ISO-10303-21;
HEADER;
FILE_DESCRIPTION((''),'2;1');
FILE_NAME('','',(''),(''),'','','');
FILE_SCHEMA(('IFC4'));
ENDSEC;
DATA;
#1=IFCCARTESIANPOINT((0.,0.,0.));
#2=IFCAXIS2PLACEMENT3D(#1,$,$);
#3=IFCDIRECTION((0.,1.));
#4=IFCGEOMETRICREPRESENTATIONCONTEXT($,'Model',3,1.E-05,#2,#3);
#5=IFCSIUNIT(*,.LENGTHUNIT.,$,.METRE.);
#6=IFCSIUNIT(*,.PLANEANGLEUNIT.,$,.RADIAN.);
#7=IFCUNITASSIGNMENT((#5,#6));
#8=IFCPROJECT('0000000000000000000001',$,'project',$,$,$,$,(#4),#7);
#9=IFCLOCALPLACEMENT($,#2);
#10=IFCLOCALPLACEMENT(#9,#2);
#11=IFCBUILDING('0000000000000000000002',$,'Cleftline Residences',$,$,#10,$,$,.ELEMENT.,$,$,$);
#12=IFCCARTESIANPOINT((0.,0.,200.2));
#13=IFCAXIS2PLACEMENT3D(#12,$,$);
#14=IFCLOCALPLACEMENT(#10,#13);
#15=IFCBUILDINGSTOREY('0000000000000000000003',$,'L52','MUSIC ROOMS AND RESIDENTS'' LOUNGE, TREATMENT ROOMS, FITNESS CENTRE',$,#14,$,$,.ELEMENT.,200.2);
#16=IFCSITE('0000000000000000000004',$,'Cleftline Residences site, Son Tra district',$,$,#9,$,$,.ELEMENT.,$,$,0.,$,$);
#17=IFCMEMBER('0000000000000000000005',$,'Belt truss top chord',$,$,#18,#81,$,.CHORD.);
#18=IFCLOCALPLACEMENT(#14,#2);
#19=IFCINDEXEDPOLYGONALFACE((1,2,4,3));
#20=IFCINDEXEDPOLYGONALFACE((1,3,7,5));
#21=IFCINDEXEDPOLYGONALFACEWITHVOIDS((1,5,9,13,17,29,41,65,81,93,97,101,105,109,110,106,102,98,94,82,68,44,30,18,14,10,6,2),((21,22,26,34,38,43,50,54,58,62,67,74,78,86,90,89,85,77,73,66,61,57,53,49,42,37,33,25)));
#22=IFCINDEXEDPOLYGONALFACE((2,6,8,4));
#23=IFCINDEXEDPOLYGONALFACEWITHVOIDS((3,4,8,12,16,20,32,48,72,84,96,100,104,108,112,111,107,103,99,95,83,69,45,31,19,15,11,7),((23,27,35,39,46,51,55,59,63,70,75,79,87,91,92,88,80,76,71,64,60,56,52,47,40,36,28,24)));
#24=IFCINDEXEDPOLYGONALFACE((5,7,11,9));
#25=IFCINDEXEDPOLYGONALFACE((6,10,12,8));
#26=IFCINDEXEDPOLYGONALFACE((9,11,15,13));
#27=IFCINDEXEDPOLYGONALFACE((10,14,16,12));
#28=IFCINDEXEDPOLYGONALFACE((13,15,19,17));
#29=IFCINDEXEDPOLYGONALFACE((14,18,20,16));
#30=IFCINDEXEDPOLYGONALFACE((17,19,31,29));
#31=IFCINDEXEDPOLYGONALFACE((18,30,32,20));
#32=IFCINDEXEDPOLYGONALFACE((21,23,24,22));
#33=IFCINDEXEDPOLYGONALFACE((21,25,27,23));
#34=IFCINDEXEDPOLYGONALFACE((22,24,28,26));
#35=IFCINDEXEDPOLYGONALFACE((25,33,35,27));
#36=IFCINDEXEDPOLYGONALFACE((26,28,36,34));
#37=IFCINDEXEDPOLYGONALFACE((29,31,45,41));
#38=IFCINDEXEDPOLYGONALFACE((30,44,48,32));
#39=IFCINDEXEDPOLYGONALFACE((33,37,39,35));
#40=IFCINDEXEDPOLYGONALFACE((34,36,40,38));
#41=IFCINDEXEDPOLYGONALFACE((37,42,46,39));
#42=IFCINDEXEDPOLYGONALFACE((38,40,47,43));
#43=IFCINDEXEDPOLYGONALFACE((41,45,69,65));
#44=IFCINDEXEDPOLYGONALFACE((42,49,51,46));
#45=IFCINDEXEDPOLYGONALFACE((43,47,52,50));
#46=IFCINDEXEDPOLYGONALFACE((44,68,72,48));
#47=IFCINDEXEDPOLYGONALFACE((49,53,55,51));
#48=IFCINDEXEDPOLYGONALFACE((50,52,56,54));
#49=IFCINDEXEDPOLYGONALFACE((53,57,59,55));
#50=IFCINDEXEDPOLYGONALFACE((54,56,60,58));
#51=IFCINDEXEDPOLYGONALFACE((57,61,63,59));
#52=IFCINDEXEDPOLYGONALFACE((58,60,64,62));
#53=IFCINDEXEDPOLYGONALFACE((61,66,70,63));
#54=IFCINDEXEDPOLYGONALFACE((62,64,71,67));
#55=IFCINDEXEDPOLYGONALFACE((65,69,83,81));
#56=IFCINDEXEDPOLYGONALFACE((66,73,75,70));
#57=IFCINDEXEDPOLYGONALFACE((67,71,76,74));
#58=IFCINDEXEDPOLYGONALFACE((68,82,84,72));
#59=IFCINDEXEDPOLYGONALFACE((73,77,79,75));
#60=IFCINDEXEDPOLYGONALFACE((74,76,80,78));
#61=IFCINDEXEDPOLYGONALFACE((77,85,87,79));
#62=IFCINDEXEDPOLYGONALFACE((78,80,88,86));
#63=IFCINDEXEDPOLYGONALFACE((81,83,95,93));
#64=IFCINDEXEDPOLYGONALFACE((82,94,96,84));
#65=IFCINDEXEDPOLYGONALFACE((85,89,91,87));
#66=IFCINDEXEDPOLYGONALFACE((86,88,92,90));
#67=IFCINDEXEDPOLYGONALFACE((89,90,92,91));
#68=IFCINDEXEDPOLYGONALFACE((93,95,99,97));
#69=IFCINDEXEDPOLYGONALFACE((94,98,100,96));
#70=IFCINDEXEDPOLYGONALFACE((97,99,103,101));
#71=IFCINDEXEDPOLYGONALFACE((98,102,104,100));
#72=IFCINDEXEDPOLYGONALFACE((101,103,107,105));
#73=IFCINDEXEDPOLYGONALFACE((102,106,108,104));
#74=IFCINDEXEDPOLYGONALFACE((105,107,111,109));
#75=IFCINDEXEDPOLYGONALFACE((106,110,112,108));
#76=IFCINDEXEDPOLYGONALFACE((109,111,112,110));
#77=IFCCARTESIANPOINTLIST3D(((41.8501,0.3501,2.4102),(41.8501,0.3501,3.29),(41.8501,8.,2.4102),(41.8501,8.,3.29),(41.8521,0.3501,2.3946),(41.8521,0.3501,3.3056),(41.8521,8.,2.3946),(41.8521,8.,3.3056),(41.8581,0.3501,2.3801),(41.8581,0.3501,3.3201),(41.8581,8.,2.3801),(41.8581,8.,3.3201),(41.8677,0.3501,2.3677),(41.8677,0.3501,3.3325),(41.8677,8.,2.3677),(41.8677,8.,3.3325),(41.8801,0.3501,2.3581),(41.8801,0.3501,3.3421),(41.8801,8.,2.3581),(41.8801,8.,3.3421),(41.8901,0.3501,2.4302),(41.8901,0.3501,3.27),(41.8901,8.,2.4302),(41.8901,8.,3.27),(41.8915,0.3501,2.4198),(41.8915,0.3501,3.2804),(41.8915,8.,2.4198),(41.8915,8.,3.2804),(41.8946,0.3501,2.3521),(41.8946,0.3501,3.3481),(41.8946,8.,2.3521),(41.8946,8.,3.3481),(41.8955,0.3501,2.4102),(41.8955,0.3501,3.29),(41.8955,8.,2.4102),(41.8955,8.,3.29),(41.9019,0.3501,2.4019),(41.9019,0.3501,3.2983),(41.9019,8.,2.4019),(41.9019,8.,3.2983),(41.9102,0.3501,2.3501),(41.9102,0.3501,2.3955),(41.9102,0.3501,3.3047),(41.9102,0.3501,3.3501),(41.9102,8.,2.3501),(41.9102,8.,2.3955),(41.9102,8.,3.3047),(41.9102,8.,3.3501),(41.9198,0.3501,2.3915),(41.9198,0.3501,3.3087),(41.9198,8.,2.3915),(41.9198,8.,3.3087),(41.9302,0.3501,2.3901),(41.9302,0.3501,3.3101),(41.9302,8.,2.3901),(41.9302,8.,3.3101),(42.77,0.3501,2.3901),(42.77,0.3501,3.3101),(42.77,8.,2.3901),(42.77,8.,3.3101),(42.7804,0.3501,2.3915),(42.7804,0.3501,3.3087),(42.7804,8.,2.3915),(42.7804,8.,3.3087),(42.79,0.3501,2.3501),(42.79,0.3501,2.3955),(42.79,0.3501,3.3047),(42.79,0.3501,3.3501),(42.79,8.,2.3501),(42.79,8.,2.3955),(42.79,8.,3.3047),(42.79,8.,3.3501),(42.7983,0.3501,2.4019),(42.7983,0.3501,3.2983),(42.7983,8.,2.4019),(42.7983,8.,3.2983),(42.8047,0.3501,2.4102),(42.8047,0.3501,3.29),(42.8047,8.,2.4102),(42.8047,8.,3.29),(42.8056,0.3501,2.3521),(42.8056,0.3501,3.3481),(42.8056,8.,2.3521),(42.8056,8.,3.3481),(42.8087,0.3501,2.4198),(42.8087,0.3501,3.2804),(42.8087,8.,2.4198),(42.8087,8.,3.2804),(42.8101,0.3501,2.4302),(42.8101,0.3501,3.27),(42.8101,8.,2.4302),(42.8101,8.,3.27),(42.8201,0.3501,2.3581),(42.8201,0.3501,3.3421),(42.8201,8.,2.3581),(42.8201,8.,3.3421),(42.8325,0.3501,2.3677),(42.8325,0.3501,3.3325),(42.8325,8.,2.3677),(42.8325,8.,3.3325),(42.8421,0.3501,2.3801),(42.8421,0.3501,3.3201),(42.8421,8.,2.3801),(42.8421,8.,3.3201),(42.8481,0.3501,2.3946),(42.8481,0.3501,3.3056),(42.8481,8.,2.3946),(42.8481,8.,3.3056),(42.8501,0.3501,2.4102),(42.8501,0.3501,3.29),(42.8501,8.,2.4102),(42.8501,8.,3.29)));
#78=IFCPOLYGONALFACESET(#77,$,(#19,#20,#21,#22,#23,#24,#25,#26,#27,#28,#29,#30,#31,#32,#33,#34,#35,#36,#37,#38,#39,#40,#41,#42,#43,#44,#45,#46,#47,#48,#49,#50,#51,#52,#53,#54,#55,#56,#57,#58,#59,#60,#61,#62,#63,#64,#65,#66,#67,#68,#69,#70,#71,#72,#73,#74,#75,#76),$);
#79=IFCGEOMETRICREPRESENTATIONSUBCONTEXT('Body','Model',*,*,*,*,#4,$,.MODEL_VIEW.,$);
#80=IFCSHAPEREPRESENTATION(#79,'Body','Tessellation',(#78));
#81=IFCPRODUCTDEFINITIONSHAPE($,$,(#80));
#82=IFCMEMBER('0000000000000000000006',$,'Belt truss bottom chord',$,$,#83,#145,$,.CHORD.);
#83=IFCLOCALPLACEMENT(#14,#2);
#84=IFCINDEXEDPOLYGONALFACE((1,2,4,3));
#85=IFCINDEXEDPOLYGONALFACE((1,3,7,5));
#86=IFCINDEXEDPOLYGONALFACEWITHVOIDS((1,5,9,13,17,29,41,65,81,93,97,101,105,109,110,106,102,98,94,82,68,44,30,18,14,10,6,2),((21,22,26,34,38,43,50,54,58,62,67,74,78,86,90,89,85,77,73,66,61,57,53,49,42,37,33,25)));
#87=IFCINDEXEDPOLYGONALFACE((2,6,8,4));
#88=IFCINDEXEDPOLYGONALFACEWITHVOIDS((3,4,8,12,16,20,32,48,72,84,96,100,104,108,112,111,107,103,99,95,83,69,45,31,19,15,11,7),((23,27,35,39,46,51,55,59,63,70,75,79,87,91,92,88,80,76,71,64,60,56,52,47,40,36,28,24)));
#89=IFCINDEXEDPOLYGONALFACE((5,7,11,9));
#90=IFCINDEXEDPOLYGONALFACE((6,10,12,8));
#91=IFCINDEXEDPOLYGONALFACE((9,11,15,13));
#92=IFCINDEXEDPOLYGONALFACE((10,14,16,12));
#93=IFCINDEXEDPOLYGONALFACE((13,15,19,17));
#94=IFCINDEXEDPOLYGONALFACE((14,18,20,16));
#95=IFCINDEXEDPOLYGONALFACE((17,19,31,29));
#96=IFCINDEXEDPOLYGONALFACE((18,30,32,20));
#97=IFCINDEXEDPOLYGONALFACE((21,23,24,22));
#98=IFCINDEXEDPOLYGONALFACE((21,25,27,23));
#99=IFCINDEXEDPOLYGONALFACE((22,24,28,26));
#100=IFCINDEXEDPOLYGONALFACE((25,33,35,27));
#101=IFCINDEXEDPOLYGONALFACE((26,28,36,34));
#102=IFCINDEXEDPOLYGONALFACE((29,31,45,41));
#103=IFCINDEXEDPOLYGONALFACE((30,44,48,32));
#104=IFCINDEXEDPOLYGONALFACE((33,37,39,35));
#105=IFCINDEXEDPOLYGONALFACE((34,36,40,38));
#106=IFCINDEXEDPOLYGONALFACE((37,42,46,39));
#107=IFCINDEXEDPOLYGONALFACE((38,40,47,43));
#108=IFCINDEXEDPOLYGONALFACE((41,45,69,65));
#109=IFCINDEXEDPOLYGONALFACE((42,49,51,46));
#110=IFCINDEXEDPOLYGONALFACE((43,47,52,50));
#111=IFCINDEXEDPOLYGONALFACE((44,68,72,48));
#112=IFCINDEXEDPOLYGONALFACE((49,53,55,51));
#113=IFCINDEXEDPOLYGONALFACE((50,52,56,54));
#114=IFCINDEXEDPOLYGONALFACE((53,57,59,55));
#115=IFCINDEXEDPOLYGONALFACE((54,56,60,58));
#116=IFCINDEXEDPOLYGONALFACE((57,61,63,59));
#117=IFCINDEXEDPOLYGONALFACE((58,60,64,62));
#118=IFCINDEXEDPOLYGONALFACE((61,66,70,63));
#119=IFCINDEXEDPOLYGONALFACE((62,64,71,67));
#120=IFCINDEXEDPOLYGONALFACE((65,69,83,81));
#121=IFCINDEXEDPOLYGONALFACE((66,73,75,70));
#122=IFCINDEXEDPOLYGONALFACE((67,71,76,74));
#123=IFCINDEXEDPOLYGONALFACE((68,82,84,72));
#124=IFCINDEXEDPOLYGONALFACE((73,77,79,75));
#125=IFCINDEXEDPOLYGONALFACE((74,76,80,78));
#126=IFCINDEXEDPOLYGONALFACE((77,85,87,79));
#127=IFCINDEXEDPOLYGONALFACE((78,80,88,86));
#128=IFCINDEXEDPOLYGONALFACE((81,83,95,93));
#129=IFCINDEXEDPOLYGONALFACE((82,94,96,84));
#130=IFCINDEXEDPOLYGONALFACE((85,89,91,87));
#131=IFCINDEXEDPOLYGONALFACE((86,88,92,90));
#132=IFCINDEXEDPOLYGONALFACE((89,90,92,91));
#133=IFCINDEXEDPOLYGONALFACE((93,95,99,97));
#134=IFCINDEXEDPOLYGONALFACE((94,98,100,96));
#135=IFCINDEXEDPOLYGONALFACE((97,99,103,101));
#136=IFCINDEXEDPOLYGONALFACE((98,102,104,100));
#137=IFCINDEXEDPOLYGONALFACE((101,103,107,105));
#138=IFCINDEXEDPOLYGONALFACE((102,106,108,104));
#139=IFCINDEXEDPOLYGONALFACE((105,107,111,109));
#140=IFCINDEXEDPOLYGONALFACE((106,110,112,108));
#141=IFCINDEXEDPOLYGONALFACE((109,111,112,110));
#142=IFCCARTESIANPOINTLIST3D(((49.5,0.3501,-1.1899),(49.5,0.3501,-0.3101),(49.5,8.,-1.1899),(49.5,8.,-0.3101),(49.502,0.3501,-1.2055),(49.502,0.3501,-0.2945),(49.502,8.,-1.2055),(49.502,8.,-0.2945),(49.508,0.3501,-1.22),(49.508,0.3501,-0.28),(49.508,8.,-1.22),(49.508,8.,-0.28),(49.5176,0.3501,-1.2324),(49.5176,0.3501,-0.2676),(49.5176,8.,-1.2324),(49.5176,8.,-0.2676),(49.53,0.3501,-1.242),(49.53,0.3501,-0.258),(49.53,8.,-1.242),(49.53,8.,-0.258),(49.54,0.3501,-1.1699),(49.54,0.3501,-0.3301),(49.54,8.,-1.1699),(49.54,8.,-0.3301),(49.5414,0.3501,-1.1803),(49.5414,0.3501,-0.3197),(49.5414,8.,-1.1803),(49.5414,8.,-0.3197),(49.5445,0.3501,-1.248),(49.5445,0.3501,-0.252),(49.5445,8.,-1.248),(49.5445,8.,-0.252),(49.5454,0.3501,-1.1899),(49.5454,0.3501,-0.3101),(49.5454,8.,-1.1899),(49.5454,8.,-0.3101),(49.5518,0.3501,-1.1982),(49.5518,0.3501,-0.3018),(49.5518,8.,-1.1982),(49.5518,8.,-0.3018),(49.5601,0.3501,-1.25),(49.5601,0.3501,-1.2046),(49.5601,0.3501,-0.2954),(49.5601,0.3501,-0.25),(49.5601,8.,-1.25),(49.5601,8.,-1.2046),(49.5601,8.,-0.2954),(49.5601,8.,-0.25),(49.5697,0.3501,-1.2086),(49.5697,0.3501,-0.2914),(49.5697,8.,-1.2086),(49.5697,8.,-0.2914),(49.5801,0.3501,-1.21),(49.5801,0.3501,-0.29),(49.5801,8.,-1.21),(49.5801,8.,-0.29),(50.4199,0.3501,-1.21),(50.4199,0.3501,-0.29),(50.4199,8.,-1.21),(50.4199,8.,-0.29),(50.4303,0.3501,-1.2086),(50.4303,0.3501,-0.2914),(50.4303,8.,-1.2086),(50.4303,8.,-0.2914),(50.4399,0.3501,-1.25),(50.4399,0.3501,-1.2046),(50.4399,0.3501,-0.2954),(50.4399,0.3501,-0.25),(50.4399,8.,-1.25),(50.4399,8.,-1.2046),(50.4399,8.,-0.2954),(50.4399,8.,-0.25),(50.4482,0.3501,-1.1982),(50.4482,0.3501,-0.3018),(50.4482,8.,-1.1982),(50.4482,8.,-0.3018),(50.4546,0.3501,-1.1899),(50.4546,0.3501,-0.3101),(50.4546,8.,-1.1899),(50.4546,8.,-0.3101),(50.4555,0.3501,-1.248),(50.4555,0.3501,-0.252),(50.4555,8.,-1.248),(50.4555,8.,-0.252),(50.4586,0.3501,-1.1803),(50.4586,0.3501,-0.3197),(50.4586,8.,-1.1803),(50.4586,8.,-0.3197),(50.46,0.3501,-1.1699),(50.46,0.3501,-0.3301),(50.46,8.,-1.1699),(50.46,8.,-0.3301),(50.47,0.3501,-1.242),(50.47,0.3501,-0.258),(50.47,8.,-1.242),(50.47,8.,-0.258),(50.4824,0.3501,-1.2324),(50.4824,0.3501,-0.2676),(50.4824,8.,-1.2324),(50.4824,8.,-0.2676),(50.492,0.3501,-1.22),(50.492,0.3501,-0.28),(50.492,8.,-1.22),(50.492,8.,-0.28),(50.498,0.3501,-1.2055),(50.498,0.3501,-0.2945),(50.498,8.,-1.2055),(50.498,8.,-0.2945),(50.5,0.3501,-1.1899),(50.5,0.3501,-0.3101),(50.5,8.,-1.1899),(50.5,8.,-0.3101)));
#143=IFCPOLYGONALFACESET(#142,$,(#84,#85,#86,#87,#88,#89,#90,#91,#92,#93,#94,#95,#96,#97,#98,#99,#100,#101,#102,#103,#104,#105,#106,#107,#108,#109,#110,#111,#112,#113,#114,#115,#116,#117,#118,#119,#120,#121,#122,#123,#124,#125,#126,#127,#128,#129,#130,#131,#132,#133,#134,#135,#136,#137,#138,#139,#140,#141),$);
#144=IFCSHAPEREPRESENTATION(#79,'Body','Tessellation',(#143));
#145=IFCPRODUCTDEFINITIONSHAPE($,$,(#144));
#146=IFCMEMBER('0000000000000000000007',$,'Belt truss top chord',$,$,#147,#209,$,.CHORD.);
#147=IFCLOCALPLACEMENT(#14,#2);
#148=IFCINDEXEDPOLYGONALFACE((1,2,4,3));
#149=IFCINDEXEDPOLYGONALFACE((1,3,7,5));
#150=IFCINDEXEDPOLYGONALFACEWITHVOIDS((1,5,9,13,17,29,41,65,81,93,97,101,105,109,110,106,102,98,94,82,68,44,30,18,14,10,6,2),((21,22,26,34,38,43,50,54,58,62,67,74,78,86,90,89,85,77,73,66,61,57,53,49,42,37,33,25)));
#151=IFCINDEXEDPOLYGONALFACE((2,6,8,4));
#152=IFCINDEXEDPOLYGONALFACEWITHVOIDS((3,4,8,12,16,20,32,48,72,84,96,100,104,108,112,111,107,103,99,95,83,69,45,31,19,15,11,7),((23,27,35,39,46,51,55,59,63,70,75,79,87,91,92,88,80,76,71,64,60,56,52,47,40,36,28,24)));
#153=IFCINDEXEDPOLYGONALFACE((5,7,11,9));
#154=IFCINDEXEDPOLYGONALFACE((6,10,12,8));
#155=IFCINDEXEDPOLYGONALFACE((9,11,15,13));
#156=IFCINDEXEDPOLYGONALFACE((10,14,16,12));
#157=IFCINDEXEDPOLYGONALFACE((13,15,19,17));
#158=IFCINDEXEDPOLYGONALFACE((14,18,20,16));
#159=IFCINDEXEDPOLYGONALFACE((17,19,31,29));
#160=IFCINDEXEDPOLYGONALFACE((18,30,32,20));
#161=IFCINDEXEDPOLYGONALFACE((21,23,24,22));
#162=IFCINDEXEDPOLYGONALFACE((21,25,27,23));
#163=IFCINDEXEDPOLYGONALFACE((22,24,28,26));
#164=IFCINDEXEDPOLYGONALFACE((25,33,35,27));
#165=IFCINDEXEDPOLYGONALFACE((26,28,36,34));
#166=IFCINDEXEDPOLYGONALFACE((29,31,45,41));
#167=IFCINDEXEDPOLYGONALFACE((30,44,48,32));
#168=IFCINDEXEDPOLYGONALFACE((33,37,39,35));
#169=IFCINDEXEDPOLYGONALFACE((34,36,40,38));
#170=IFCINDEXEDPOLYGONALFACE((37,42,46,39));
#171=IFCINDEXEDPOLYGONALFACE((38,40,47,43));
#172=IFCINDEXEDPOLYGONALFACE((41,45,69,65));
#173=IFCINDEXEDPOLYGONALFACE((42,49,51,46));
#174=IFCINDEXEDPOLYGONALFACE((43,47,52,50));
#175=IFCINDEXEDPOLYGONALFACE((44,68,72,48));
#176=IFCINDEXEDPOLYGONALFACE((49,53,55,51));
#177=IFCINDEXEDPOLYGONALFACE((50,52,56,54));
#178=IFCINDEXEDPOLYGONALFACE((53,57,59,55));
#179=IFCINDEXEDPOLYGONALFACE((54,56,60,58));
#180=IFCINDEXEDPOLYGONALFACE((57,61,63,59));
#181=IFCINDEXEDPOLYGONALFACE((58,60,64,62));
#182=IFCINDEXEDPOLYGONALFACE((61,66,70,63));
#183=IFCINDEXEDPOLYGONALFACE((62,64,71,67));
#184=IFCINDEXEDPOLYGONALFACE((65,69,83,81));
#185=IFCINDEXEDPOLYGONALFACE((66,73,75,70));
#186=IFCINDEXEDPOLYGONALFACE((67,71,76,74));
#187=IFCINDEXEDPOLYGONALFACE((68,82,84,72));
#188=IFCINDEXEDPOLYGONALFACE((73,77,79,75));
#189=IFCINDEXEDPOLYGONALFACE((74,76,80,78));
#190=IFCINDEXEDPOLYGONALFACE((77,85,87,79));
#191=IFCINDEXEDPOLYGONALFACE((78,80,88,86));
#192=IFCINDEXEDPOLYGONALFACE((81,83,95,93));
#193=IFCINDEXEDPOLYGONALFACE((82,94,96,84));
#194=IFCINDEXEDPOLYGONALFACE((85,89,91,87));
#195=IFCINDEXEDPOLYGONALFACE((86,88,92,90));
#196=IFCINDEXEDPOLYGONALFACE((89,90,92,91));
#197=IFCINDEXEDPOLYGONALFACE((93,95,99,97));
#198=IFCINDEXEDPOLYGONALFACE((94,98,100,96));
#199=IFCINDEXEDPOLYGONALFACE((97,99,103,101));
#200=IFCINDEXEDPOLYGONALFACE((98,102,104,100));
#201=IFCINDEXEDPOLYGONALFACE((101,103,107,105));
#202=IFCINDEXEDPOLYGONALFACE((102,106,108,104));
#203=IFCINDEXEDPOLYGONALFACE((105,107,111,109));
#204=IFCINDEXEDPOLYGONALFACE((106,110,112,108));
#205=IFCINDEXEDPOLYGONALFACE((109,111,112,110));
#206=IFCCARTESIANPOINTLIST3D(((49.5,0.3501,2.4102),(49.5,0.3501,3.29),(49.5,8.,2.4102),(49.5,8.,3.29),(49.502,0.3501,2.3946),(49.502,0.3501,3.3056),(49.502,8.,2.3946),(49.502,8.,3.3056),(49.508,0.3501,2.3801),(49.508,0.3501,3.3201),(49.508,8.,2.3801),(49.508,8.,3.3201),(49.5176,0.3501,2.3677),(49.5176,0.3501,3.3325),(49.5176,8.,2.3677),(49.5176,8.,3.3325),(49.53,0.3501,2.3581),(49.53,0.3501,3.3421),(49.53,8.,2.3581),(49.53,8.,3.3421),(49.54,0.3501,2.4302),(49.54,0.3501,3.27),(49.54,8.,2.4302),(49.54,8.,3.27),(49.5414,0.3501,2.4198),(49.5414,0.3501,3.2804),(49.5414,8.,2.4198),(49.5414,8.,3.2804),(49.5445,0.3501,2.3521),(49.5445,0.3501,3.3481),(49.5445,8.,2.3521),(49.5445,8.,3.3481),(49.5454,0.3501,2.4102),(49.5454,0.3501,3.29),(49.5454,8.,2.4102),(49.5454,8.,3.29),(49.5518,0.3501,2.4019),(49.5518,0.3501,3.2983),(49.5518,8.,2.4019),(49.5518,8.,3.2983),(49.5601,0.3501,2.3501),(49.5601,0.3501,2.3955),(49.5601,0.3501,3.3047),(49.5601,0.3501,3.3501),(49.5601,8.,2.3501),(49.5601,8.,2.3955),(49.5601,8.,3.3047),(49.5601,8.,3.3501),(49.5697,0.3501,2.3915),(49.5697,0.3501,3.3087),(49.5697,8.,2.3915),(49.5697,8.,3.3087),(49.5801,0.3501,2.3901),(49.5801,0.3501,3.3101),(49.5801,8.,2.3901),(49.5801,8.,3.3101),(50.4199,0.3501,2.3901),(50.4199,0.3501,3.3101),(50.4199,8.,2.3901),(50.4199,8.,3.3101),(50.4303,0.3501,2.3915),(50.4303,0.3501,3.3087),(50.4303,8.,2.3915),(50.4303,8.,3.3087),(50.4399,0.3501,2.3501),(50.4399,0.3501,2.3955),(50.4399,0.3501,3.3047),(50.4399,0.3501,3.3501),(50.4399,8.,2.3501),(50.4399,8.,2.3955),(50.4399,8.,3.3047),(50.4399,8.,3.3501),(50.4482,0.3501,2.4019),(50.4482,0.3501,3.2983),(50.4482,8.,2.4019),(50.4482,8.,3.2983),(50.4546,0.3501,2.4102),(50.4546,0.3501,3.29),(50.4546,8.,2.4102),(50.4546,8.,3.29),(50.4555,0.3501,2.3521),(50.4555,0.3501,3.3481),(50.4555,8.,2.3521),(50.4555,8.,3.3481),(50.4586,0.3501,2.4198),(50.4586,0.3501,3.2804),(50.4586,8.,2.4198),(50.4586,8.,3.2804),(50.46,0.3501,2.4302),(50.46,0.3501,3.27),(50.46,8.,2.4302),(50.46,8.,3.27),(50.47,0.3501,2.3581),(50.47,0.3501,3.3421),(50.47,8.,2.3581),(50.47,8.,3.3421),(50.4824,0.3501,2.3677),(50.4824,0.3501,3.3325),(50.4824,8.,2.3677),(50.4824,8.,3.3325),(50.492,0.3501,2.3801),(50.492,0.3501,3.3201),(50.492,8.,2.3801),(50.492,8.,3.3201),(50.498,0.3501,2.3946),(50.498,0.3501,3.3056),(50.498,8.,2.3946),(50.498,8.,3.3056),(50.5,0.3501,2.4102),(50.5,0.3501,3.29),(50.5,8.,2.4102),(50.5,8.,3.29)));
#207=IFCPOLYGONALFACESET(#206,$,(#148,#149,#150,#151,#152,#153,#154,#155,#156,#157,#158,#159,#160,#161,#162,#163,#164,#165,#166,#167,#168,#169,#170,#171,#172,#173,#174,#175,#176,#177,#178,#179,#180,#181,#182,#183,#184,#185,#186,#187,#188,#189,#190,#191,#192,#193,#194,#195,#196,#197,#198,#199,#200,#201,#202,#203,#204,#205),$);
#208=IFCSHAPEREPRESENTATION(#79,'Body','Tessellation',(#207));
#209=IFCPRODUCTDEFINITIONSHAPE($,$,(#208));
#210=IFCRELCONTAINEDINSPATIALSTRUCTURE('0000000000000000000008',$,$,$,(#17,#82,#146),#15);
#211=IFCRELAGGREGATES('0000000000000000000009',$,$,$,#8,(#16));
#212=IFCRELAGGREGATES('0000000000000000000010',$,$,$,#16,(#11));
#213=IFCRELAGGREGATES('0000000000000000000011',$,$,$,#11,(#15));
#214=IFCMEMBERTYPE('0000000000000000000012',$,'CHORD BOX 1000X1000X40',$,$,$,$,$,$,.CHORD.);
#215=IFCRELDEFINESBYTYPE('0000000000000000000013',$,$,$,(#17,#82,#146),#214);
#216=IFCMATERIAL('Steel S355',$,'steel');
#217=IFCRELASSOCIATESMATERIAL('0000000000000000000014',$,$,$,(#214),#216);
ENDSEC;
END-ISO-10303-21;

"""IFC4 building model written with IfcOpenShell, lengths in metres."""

from ifc_helpers import new_model, si_unit, direction, frame, origin, origin_2d, place, context, subcontext, project, spatial, hollow_rectangle, extrude, material, material_profile, profile_set, type_object, element, save


model = new_model("IFC4")

# Units and contexts
model_context = context("Model", 3, precision=1e-05, world=origin(), true_north=direction((0.0, 1.0)))
body_context = subcontext(model_context, "Body", "Model", "MODEL_VIEW")
ifc_project = project(units=[si_unit("LENGTHUNIT", "METRE"), si_unit("PLANEANGLEUNIT", "RADIAN")], contexts=[model_context])

# Site, building, storey
site_placement = place(None, origin())
site = spatial("IfcSite", under=ifc_project, at=site_placement, Name="Cleftline Residences site, Son Tra district", CompositionType="ELEMENT", RefElevation=0.0)
building_placement = place(site_placement, origin())
building = spatial("IfcBuilding", under=site, at=building_placement, Name="Cleftline Residences", CompositionType="ELEMENT")
storey_placement = place(building_placement, frame((0.0, 0.0, 200.2)))
storey = spatial("IfcBuildingStorey", under=building, at=storey_placement, Name="L52", Description="MUSIC ROOMS AND RESIDENTS' LOUNGE, TREATMENT ROOMS, FITNESS CENTRE", CompositionType="ELEMENT", Elevation=200.2)

# Members
ifc_material_1 = material(Name="Steel S355", Category="steel")
ifc_material_profile_1 = material_profile(ifc_material_1, hollow_rectangle(XDim=1.0, YDim=1.0, WallThickness=0.04, InnerFilletRadius=0.04, OuterFilletRadius=0.0601, at=origin_2d()))
ifc_profile_set_1 = profile_set([ifc_material_profile_1], Name="Steel S355")
member_type_1 = type_object("IfcMemberType", Name="CHORD BOX 1000X1000X40", PredefinedType="CHORD", material=ifc_profile_set_1)
for number, where, z_axis, x_axis, name in (
    (1, (42.3501, 0.3501, 2.8501), (0.0, 1.0, 0.0), (-1.0, 0.0, 0.0), "Belt truss top chord"),
    (2, (50.0, 0.3501, -0.75), (0.0, 1.0, 0.0), (-1.0, 0.0, 0.0), "Belt truss bottom chord"),
    (3, (50.0, 0.3501, 2.8501), (0.0, 1.0, 0.0), (-1.0, 0.0, 0.0), "Belt truss top chord"),
):
    element("IfcMember", number, at=place(storey_placement, frame(where, z_axis=z_axis, x_axis=x_axis)), inside=storey, type_object=member_type_1, Name=name, PredefinedType="CHORD", context=body_context, shape_type="SweptSolid", body=[
        extrude(hollow_rectangle(XDim=1.0, YDim=1.0, WallThickness=0.04, InnerFilletRadius=0.04, OuterFilletRadius=0.0601, at=origin_2d()), origin(), (0.0, 0.0, 1.0), 7.6499),
    ])

save(model, "model.ifc")
